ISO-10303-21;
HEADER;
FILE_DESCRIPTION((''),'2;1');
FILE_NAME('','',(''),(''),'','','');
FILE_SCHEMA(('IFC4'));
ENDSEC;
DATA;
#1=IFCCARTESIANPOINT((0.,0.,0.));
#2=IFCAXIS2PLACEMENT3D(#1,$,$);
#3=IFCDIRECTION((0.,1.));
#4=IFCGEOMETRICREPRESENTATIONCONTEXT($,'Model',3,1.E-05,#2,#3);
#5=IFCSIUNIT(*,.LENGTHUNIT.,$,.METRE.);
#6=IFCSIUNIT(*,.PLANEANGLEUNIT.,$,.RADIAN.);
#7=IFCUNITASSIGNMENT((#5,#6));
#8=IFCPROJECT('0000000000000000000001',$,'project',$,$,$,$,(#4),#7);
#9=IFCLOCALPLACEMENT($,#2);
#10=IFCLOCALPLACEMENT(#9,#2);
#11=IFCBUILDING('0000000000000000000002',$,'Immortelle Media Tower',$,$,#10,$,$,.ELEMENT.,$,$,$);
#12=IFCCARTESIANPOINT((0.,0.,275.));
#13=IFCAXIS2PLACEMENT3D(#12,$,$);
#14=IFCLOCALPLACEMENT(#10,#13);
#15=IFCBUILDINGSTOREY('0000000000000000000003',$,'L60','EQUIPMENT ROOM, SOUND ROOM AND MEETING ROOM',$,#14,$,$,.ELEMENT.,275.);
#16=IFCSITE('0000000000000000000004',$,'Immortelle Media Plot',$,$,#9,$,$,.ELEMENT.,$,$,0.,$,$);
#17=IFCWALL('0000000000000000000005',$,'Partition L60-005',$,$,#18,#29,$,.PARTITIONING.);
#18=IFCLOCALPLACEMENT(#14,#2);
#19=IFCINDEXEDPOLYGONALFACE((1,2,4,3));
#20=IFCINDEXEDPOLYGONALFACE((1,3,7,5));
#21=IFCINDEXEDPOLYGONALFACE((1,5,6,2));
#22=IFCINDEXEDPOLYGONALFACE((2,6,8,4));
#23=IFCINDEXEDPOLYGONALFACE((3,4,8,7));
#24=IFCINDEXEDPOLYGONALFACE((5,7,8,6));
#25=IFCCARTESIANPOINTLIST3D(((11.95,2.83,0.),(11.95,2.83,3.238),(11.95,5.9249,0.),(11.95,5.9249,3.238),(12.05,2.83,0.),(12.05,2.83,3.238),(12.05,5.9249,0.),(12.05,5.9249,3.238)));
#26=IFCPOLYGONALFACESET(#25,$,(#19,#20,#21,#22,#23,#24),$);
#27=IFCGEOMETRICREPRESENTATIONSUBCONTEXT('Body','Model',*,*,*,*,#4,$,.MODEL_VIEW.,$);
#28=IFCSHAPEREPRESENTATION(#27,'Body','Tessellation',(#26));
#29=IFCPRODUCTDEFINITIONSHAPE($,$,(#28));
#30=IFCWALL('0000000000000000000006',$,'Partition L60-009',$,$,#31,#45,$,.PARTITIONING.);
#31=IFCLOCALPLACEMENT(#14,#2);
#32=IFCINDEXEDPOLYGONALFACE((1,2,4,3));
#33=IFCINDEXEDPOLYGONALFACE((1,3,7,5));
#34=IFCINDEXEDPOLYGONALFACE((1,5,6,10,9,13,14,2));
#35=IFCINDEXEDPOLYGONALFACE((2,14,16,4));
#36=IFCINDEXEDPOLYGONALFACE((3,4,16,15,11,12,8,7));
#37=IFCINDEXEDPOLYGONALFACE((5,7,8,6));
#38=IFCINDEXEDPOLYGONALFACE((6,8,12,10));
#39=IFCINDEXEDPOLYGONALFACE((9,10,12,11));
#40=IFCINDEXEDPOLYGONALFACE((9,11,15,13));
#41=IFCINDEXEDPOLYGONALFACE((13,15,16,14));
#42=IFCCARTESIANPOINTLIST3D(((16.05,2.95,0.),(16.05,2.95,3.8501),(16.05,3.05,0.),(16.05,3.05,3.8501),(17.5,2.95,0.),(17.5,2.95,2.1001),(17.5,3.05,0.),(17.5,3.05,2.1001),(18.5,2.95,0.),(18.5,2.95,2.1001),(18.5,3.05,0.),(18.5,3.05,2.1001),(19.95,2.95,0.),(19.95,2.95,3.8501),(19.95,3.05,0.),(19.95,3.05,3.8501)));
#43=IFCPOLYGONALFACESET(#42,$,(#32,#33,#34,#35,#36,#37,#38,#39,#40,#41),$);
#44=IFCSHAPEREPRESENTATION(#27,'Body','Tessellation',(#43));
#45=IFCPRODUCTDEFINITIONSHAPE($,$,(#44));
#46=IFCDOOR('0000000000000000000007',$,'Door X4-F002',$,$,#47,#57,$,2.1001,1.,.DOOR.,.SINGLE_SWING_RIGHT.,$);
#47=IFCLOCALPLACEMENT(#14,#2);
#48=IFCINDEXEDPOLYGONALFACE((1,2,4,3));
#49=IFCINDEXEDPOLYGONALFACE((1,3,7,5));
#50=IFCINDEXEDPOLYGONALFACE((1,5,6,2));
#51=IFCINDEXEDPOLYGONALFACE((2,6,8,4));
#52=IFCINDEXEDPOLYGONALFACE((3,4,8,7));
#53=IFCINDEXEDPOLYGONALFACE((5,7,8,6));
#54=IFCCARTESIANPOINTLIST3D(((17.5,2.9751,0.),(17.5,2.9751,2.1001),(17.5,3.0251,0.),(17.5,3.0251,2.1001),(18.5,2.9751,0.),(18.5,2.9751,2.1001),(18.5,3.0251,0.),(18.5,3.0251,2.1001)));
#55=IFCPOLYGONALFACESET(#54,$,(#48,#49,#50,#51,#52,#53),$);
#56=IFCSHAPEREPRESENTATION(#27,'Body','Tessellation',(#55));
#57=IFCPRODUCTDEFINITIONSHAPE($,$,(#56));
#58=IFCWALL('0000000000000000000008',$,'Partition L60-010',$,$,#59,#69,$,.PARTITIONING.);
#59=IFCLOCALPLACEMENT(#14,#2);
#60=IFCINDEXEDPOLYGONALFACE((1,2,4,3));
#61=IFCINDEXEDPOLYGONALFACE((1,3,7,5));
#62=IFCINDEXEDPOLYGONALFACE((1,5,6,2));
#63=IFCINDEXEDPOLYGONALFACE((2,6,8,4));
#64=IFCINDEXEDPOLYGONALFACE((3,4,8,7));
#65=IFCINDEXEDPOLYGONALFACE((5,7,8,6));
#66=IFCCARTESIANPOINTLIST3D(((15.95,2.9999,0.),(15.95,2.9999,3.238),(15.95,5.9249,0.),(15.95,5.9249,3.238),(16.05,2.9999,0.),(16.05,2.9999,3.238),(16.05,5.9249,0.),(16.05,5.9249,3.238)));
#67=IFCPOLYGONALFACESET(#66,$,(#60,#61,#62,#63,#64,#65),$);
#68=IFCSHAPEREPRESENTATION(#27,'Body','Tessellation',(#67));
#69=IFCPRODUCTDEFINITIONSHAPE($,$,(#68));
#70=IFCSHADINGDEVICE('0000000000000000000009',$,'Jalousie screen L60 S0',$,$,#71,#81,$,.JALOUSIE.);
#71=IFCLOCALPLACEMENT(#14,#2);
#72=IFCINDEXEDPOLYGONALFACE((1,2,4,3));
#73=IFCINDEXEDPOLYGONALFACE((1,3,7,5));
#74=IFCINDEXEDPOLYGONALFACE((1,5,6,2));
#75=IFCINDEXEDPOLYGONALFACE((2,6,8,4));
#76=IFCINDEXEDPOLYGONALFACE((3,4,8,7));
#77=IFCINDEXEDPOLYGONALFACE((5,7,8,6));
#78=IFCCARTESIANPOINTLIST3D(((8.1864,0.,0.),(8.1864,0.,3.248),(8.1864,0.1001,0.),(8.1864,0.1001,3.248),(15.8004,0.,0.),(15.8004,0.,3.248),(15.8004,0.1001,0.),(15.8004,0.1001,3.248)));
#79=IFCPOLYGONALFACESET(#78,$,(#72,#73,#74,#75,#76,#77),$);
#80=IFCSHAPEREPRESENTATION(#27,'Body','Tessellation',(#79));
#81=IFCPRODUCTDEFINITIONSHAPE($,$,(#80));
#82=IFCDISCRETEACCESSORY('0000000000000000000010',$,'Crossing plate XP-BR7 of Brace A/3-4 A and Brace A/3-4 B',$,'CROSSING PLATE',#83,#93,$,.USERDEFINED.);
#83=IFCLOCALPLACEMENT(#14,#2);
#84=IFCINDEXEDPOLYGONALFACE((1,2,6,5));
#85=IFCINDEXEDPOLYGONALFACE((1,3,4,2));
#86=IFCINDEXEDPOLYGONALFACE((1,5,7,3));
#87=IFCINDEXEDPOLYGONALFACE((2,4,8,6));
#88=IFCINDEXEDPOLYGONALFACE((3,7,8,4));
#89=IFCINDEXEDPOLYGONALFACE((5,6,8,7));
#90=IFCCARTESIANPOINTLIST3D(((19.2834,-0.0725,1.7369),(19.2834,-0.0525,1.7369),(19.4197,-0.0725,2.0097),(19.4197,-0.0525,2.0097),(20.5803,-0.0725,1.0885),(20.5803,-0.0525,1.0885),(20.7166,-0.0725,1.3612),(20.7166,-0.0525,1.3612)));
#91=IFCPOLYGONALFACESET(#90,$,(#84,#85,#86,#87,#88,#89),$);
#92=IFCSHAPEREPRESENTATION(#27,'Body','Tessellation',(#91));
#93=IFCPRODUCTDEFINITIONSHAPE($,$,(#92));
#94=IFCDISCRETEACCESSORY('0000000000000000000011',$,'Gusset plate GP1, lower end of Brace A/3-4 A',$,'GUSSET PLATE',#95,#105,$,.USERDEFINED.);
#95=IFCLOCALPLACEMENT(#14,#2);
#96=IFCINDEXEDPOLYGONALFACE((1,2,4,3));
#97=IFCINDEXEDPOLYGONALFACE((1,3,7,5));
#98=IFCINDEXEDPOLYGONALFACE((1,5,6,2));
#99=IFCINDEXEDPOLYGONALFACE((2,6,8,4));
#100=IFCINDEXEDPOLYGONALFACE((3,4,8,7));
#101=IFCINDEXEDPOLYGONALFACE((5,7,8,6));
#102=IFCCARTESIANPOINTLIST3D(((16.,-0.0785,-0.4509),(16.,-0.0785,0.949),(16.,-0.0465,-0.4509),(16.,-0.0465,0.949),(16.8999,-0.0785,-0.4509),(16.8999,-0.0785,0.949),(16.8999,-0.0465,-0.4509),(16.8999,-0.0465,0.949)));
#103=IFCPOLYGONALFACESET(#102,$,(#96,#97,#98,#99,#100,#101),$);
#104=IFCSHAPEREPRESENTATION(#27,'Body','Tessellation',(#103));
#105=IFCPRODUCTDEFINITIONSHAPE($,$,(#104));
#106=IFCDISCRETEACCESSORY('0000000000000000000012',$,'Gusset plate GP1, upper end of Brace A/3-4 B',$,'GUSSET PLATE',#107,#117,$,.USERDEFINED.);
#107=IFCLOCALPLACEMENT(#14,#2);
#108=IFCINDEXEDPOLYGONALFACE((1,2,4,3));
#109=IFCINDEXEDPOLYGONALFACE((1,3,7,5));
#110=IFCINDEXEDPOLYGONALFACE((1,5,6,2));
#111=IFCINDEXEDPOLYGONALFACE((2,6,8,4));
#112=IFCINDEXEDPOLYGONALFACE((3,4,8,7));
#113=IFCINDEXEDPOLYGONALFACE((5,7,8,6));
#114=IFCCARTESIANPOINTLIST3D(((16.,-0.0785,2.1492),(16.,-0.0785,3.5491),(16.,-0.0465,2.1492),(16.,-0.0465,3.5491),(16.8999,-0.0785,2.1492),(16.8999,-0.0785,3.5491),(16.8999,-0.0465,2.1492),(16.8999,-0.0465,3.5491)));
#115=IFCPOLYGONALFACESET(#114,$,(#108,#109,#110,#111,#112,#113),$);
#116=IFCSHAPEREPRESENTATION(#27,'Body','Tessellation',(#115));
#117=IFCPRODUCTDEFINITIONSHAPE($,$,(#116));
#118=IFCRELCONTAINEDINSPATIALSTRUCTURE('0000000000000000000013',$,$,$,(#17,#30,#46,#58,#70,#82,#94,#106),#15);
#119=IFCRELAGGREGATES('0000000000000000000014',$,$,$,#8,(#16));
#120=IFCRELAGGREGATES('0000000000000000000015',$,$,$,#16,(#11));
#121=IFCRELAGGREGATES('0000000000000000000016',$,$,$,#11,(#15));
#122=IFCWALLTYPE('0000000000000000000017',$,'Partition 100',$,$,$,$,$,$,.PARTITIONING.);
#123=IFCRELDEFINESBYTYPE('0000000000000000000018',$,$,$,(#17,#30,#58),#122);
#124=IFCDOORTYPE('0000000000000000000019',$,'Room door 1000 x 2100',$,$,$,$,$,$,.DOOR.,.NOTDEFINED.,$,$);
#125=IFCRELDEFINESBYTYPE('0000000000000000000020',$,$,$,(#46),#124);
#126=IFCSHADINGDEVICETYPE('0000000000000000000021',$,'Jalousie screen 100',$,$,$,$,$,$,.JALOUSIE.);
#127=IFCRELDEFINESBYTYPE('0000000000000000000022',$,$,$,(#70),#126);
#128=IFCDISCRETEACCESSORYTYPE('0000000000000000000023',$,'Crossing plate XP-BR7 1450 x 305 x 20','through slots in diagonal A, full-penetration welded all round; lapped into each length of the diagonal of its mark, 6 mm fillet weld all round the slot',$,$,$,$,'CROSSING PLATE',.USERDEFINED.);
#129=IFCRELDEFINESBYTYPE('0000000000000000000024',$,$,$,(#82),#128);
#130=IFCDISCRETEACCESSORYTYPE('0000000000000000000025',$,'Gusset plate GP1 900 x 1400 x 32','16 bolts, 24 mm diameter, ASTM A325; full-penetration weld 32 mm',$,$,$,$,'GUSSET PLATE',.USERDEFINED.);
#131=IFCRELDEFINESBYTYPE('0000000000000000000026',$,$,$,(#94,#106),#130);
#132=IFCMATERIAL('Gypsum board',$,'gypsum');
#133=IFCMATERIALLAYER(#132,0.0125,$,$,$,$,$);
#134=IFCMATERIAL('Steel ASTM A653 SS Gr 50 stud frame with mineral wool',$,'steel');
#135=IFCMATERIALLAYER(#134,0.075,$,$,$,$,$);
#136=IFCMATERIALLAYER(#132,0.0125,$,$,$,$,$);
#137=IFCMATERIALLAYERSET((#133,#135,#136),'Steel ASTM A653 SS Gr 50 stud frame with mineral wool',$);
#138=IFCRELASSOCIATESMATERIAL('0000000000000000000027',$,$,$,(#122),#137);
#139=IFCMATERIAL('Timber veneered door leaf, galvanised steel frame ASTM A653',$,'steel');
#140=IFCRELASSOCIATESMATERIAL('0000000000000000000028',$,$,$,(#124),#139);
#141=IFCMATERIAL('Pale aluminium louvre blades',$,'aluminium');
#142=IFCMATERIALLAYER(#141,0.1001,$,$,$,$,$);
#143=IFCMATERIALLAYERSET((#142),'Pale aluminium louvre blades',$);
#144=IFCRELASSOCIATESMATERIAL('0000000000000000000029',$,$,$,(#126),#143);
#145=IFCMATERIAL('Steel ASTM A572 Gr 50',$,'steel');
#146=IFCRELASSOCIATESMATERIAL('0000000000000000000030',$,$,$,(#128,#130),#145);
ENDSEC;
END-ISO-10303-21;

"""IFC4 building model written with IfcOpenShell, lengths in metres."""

from ifc_helpers import new_model, si_unit, direction, frame, frame_2d, origin, origin_2d, place, context, subcontext, project, spatial, rectangle, extrude, material, layer, layer_set, material_profile, profile_set, type_object, element, fill, save


model = new_model("IFC4")

# Units and contexts
model_context = context("Model", 3, precision=1e-05, world=origin(), true_north=direction((0.0, 1.0)))
body_context = subcontext(model_context, "Body", "Model", "MODEL_VIEW")
ifc_project = project(units=[si_unit("LENGTHUNIT", "METRE"), si_unit("PLANEANGLEUNIT", "RADIAN")], contexts=[model_context])

# Site, building, storey
site_placement = place(None, origin())
site = spatial("IfcSite", under=ifc_project, at=site_placement, Name="Immortelle Media Plot", CompositionType="ELEMENT", RefElevation=0.0)
building_placement = place(site_placement, origin())
building = spatial("IfcBuilding", under=site, at=building_placement, Name="Immortelle Media Tower", CompositionType="ELEMENT")
storey_placement = place(building_placement, frame((0.0, 0.0, 275.0)))
storey = spatial("IfcBuildingStorey", under=building, at=storey_placement, Name="L60", Description="EQUIPMENT ROOM, SOUND ROOM AND MEETING ROOM", CompositionType="ELEMENT", Elevation=275.0)

# Shared definitions
ifc_material_1 = material(Name="Steel ASTM A653 SS Gr 50 stud frame with mineral wool", Category="steel")

# Wall
ifc_material_2 = material(Name="Gypsum board", Category="gypsum")
ifc_layer_1 = layer(ifc_material_2, 0.0125)
ifc_layer_2 = layer(ifc_material_1, 0.075)
ifc_layer_3 = layer(ifc_material_2, 0.0125)
ifc_layer_set_1 = layer_set([ifc_layer_1, ifc_layer_2, ifc_layer_3], Name="Steel ASTM A653 SS Gr 50 stud frame with mineral wool")
wall_type_1 = type_object("IfcWallType", Name="Partition 100", PredefinedType="PARTITIONING", material=ifc_layer_set_1)
wall_1_placement = place(storey_placement, frame((12.0, 2.8301, 0.0), z_axis=(0.0, 0.0, 1.0), x_axis=(0.0, 1.0, 0.0)))
element("IfcWall", 1, at=wall_1_placement, inside=storey, type_object=wall_type_1, Name="Partition L60-005", PredefinedType="PARTITIONING", context=body_context, shape_type="SweptSolid", body=[
    extrude(rectangle(XDim=3.095, YDim=0.1001, at=frame_2d((1.5474, 0.0))), origin(), (0.0, 0.0, 1.0), 3.238),
])

# Wall, opening, door
wall_2_placement = place(storey_placement, frame((16.05, 3.0, 0.0), z_axis=(0.0, 0.0, 1.0), x_axis=(1.0, 0.0, 0.0)))
wall_2 = element("IfcWall", 2, at=wall_2_placement, inside=storey, type_object=wall_type_1, Name="Partition L60-009", PredefinedType="PARTITIONING", context=body_context, shape_type="SweptSolid", body=[
    extrude(rectangle(XDim=3.8999, YDim=0.1001, at=frame_2d((1.95, 0.0))), origin(), (0.0, 0.0, 1.0), 3.8501),
])
opening_1_placement = place(wall_2_placement, frame((2.45, 0.0, 0.0), z_axis=(0.0, 0.0, 1.0), x_axis=(-1.0, 0.0, 0.0)))
opening_1 = element("IfcOpeningElement", 3, at=opening_1_placement, cuts=wall_2, PredefinedType="OPENING", context=body_context, shape_type="SweptSolid", body=[
    extrude(rectangle(XDim=1.0, YDim=2.1001, at=frame_2d((0.5, 1.05))), frame((0.0, 0.0601, 0.0), z_axis=(0.0, -1.0, 0.0), x_axis=(1.0, 0.0, 0.0)), (0.0, 0.0, 1.0), 0.1201),
])
ifc_material_3 = material(Name="Timber veneered door leaf, galvanised steel frame ASTM A653", Category="steel")
door_type_1 = type_object("IfcDoorType", Name="Room door 1000 x 2100", OperationType="NOTDEFINED", PredefinedType="DOOR", material=ifc_material_3)
door_1_placement = place(opening_1_placement, origin())
door_1 = element("IfcDoor", 4, at=door_1_placement, inside=storey, type_object=door_type_1, Name="Door X4-F002", OperationType="SINGLE_SWING_RIGHT", OverallHeight=2.1001, OverallWidth=1.0, PredefinedType="DOOR", context=body_context, shape_type="SweptSolid", body=[
    extrude(rectangle(XDim=1.0, YDim=2.1001, at=frame_2d((0.5, 1.05))), frame((0.0, 0.0249, 0.0), z_axis=(0.0, -1.0, 0.0), x_axis=(1.0, 0.0, 0.0)), (0.0, 0.0, 1.0), 0.05),
])
fill(opening_1, door_1)

# Wall
wall_3_placement = place(storey_placement, frame((16.0, 3.0, 0.0), z_axis=(0.0, 0.0, 1.0), x_axis=(0.0, 1.0, 0.0)))
element("IfcWall", 5, at=wall_3_placement, inside=storey, type_object=wall_type_1, Name="Partition L60-010", PredefinedType="PARTITIONING", context=body_context, shape_type="SweptSolid", body=[
    extrude(rectangle(XDim=2.925, YDim=0.1001, at=frame_2d((1.4624, 0.0))), origin(), (0.0, 0.0, 1.0), 3.238),
])

# Shading device
ifc_material_4 = material(Name="Pale aluminium louvre blades", Category="aluminium")
ifc_layer_4 = layer(ifc_material_4, 0.1001)
ifc_layer_set_2 = layer_set([ifc_layer_4], Name="Pale aluminium louvre blades")
shading_device_type = type_object("IfcShadingDeviceType", Name="Jalousie screen 100", PredefinedType="JALOUSIE", material=ifc_layer_set_2)
shading_device_placement = place(storey_placement, frame((11.9934, 0.05, 0.0), z_axis=(0.0, 0.0, 1.0), x_axis=(1.0, 0.0, 0.0)))
element("IfcShadingDevice", 6, at=shading_device_placement, inside=storey, type_object=shading_device_type, Name="Jalousie screen L60 S0", PredefinedType="JALOUSIE", context=body_context, shape_type="SweptSolid", body=[
    extrude(rectangle(XDim=7.614, YDim=0.1001, at=origin_2d()), origin(), (0.0, 0.0, 1.0), 3.248),
])

# Discrete accessories
ifc_material_5 = material(Name="Steel ASTM A572 Gr 50", Category="steel")
ifc_material_profile_1 = material_profile(ifc_material_5, rectangle(XDim=0.02, YDim=0.3049, at=origin_2d()), Name="PL 20 x 305")
ifc_profile_set_1 = profile_set([ifc_material_profile_1], Name="Steel ASTM A572 Gr 50")
discrete_accessory_type_1 = type_object("IfcDiscreteAccessoryType", Name="Crossing plate XP-BR7 1450 x 305 x 20", Description="through slots in diagonal A, full-penetration welded all round; lapped into each length of the diagonal of its mark, 6 mm fillet weld all round the slot", ElementType="CROSSING PLATE", PredefinedType="USERDEFINED", material=ifc_profile_set_1)
discrete_accessory_placement = place(storey_placement, frame((19.3516, -0.0625, 1.8733), z_axis=(0.894427, 0.0, -0.447214), x_axis=(0.0, 1.0, 0.0)))
element("IfcDiscreteAccessory", 7, at=discrete_accessory_placement, inside=storey, type_object=discrete_accessory_type_1, Name="Crossing plate XP-BR7 of Brace A/3-4 A and Brace A/3-4 B", ObjectType="CROSSING PLATE", PredefinedType="USERDEFINED", context=body_context, shape_type="SweptSolid", body=[
    extrude(rectangle(XDim=0.02, YDim=0.3049, at=origin_2d()), origin(), (0.0, 0.0, 1.0), 1.45),
])
ifc_material_profile_2 = material_profile(ifc_material_5, rectangle(XDim=0.032, YDim=1.3999, at=origin_2d()), Name="PL 32 x 1400")
ifc_profile_set_2 = profile_set([ifc_material_profile_2], Name="Steel ASTM A572 Gr 50")
discrete_accessory_type_2 = type_object("IfcDiscreteAccessoryType", Name="Gusset plate GP1 900 x 1400 x 32", Description="16 bolts, 24 mm diameter, ASTM A325; full-penetration weld 32 mm", ElementType="GUSSET PLATE", PredefinedType="USERDEFINED", material=ifc_profile_set_2)
for number, where, z_axis, x_axis, name in (
    (8, (16.0, -0.0625, 0.249), (1.0, 0.0, 0.0), (0.0, 1.0, 0.0), "Gusset plate GP1, lower end of Brace A/3-4 A"),
    (9, (16.0, -0.0625, 2.8491), (1.0, 0.0, 0.0), (0.0, 1.0, 0.0), "Gusset plate GP1, upper end of Brace A/3-4 B"),
):
    element("IfcDiscreteAccessory", number, at=place(storey_placement, frame(where, z_axis=z_axis, x_axis=x_axis)), inside=storey, type_object=discrete_accessory_type_2, Name=name, ObjectType="GUSSET PLATE", PredefinedType="USERDEFINED", context=body_context, shape_type="SweptSolid", body=[
        extrude(rectangle(XDim=0.032, YDim=1.3999, at=origin_2d()), origin(), (0.0, 0.0, 1.0), 0.8999),
    ])

save(model, "model.ifc")
